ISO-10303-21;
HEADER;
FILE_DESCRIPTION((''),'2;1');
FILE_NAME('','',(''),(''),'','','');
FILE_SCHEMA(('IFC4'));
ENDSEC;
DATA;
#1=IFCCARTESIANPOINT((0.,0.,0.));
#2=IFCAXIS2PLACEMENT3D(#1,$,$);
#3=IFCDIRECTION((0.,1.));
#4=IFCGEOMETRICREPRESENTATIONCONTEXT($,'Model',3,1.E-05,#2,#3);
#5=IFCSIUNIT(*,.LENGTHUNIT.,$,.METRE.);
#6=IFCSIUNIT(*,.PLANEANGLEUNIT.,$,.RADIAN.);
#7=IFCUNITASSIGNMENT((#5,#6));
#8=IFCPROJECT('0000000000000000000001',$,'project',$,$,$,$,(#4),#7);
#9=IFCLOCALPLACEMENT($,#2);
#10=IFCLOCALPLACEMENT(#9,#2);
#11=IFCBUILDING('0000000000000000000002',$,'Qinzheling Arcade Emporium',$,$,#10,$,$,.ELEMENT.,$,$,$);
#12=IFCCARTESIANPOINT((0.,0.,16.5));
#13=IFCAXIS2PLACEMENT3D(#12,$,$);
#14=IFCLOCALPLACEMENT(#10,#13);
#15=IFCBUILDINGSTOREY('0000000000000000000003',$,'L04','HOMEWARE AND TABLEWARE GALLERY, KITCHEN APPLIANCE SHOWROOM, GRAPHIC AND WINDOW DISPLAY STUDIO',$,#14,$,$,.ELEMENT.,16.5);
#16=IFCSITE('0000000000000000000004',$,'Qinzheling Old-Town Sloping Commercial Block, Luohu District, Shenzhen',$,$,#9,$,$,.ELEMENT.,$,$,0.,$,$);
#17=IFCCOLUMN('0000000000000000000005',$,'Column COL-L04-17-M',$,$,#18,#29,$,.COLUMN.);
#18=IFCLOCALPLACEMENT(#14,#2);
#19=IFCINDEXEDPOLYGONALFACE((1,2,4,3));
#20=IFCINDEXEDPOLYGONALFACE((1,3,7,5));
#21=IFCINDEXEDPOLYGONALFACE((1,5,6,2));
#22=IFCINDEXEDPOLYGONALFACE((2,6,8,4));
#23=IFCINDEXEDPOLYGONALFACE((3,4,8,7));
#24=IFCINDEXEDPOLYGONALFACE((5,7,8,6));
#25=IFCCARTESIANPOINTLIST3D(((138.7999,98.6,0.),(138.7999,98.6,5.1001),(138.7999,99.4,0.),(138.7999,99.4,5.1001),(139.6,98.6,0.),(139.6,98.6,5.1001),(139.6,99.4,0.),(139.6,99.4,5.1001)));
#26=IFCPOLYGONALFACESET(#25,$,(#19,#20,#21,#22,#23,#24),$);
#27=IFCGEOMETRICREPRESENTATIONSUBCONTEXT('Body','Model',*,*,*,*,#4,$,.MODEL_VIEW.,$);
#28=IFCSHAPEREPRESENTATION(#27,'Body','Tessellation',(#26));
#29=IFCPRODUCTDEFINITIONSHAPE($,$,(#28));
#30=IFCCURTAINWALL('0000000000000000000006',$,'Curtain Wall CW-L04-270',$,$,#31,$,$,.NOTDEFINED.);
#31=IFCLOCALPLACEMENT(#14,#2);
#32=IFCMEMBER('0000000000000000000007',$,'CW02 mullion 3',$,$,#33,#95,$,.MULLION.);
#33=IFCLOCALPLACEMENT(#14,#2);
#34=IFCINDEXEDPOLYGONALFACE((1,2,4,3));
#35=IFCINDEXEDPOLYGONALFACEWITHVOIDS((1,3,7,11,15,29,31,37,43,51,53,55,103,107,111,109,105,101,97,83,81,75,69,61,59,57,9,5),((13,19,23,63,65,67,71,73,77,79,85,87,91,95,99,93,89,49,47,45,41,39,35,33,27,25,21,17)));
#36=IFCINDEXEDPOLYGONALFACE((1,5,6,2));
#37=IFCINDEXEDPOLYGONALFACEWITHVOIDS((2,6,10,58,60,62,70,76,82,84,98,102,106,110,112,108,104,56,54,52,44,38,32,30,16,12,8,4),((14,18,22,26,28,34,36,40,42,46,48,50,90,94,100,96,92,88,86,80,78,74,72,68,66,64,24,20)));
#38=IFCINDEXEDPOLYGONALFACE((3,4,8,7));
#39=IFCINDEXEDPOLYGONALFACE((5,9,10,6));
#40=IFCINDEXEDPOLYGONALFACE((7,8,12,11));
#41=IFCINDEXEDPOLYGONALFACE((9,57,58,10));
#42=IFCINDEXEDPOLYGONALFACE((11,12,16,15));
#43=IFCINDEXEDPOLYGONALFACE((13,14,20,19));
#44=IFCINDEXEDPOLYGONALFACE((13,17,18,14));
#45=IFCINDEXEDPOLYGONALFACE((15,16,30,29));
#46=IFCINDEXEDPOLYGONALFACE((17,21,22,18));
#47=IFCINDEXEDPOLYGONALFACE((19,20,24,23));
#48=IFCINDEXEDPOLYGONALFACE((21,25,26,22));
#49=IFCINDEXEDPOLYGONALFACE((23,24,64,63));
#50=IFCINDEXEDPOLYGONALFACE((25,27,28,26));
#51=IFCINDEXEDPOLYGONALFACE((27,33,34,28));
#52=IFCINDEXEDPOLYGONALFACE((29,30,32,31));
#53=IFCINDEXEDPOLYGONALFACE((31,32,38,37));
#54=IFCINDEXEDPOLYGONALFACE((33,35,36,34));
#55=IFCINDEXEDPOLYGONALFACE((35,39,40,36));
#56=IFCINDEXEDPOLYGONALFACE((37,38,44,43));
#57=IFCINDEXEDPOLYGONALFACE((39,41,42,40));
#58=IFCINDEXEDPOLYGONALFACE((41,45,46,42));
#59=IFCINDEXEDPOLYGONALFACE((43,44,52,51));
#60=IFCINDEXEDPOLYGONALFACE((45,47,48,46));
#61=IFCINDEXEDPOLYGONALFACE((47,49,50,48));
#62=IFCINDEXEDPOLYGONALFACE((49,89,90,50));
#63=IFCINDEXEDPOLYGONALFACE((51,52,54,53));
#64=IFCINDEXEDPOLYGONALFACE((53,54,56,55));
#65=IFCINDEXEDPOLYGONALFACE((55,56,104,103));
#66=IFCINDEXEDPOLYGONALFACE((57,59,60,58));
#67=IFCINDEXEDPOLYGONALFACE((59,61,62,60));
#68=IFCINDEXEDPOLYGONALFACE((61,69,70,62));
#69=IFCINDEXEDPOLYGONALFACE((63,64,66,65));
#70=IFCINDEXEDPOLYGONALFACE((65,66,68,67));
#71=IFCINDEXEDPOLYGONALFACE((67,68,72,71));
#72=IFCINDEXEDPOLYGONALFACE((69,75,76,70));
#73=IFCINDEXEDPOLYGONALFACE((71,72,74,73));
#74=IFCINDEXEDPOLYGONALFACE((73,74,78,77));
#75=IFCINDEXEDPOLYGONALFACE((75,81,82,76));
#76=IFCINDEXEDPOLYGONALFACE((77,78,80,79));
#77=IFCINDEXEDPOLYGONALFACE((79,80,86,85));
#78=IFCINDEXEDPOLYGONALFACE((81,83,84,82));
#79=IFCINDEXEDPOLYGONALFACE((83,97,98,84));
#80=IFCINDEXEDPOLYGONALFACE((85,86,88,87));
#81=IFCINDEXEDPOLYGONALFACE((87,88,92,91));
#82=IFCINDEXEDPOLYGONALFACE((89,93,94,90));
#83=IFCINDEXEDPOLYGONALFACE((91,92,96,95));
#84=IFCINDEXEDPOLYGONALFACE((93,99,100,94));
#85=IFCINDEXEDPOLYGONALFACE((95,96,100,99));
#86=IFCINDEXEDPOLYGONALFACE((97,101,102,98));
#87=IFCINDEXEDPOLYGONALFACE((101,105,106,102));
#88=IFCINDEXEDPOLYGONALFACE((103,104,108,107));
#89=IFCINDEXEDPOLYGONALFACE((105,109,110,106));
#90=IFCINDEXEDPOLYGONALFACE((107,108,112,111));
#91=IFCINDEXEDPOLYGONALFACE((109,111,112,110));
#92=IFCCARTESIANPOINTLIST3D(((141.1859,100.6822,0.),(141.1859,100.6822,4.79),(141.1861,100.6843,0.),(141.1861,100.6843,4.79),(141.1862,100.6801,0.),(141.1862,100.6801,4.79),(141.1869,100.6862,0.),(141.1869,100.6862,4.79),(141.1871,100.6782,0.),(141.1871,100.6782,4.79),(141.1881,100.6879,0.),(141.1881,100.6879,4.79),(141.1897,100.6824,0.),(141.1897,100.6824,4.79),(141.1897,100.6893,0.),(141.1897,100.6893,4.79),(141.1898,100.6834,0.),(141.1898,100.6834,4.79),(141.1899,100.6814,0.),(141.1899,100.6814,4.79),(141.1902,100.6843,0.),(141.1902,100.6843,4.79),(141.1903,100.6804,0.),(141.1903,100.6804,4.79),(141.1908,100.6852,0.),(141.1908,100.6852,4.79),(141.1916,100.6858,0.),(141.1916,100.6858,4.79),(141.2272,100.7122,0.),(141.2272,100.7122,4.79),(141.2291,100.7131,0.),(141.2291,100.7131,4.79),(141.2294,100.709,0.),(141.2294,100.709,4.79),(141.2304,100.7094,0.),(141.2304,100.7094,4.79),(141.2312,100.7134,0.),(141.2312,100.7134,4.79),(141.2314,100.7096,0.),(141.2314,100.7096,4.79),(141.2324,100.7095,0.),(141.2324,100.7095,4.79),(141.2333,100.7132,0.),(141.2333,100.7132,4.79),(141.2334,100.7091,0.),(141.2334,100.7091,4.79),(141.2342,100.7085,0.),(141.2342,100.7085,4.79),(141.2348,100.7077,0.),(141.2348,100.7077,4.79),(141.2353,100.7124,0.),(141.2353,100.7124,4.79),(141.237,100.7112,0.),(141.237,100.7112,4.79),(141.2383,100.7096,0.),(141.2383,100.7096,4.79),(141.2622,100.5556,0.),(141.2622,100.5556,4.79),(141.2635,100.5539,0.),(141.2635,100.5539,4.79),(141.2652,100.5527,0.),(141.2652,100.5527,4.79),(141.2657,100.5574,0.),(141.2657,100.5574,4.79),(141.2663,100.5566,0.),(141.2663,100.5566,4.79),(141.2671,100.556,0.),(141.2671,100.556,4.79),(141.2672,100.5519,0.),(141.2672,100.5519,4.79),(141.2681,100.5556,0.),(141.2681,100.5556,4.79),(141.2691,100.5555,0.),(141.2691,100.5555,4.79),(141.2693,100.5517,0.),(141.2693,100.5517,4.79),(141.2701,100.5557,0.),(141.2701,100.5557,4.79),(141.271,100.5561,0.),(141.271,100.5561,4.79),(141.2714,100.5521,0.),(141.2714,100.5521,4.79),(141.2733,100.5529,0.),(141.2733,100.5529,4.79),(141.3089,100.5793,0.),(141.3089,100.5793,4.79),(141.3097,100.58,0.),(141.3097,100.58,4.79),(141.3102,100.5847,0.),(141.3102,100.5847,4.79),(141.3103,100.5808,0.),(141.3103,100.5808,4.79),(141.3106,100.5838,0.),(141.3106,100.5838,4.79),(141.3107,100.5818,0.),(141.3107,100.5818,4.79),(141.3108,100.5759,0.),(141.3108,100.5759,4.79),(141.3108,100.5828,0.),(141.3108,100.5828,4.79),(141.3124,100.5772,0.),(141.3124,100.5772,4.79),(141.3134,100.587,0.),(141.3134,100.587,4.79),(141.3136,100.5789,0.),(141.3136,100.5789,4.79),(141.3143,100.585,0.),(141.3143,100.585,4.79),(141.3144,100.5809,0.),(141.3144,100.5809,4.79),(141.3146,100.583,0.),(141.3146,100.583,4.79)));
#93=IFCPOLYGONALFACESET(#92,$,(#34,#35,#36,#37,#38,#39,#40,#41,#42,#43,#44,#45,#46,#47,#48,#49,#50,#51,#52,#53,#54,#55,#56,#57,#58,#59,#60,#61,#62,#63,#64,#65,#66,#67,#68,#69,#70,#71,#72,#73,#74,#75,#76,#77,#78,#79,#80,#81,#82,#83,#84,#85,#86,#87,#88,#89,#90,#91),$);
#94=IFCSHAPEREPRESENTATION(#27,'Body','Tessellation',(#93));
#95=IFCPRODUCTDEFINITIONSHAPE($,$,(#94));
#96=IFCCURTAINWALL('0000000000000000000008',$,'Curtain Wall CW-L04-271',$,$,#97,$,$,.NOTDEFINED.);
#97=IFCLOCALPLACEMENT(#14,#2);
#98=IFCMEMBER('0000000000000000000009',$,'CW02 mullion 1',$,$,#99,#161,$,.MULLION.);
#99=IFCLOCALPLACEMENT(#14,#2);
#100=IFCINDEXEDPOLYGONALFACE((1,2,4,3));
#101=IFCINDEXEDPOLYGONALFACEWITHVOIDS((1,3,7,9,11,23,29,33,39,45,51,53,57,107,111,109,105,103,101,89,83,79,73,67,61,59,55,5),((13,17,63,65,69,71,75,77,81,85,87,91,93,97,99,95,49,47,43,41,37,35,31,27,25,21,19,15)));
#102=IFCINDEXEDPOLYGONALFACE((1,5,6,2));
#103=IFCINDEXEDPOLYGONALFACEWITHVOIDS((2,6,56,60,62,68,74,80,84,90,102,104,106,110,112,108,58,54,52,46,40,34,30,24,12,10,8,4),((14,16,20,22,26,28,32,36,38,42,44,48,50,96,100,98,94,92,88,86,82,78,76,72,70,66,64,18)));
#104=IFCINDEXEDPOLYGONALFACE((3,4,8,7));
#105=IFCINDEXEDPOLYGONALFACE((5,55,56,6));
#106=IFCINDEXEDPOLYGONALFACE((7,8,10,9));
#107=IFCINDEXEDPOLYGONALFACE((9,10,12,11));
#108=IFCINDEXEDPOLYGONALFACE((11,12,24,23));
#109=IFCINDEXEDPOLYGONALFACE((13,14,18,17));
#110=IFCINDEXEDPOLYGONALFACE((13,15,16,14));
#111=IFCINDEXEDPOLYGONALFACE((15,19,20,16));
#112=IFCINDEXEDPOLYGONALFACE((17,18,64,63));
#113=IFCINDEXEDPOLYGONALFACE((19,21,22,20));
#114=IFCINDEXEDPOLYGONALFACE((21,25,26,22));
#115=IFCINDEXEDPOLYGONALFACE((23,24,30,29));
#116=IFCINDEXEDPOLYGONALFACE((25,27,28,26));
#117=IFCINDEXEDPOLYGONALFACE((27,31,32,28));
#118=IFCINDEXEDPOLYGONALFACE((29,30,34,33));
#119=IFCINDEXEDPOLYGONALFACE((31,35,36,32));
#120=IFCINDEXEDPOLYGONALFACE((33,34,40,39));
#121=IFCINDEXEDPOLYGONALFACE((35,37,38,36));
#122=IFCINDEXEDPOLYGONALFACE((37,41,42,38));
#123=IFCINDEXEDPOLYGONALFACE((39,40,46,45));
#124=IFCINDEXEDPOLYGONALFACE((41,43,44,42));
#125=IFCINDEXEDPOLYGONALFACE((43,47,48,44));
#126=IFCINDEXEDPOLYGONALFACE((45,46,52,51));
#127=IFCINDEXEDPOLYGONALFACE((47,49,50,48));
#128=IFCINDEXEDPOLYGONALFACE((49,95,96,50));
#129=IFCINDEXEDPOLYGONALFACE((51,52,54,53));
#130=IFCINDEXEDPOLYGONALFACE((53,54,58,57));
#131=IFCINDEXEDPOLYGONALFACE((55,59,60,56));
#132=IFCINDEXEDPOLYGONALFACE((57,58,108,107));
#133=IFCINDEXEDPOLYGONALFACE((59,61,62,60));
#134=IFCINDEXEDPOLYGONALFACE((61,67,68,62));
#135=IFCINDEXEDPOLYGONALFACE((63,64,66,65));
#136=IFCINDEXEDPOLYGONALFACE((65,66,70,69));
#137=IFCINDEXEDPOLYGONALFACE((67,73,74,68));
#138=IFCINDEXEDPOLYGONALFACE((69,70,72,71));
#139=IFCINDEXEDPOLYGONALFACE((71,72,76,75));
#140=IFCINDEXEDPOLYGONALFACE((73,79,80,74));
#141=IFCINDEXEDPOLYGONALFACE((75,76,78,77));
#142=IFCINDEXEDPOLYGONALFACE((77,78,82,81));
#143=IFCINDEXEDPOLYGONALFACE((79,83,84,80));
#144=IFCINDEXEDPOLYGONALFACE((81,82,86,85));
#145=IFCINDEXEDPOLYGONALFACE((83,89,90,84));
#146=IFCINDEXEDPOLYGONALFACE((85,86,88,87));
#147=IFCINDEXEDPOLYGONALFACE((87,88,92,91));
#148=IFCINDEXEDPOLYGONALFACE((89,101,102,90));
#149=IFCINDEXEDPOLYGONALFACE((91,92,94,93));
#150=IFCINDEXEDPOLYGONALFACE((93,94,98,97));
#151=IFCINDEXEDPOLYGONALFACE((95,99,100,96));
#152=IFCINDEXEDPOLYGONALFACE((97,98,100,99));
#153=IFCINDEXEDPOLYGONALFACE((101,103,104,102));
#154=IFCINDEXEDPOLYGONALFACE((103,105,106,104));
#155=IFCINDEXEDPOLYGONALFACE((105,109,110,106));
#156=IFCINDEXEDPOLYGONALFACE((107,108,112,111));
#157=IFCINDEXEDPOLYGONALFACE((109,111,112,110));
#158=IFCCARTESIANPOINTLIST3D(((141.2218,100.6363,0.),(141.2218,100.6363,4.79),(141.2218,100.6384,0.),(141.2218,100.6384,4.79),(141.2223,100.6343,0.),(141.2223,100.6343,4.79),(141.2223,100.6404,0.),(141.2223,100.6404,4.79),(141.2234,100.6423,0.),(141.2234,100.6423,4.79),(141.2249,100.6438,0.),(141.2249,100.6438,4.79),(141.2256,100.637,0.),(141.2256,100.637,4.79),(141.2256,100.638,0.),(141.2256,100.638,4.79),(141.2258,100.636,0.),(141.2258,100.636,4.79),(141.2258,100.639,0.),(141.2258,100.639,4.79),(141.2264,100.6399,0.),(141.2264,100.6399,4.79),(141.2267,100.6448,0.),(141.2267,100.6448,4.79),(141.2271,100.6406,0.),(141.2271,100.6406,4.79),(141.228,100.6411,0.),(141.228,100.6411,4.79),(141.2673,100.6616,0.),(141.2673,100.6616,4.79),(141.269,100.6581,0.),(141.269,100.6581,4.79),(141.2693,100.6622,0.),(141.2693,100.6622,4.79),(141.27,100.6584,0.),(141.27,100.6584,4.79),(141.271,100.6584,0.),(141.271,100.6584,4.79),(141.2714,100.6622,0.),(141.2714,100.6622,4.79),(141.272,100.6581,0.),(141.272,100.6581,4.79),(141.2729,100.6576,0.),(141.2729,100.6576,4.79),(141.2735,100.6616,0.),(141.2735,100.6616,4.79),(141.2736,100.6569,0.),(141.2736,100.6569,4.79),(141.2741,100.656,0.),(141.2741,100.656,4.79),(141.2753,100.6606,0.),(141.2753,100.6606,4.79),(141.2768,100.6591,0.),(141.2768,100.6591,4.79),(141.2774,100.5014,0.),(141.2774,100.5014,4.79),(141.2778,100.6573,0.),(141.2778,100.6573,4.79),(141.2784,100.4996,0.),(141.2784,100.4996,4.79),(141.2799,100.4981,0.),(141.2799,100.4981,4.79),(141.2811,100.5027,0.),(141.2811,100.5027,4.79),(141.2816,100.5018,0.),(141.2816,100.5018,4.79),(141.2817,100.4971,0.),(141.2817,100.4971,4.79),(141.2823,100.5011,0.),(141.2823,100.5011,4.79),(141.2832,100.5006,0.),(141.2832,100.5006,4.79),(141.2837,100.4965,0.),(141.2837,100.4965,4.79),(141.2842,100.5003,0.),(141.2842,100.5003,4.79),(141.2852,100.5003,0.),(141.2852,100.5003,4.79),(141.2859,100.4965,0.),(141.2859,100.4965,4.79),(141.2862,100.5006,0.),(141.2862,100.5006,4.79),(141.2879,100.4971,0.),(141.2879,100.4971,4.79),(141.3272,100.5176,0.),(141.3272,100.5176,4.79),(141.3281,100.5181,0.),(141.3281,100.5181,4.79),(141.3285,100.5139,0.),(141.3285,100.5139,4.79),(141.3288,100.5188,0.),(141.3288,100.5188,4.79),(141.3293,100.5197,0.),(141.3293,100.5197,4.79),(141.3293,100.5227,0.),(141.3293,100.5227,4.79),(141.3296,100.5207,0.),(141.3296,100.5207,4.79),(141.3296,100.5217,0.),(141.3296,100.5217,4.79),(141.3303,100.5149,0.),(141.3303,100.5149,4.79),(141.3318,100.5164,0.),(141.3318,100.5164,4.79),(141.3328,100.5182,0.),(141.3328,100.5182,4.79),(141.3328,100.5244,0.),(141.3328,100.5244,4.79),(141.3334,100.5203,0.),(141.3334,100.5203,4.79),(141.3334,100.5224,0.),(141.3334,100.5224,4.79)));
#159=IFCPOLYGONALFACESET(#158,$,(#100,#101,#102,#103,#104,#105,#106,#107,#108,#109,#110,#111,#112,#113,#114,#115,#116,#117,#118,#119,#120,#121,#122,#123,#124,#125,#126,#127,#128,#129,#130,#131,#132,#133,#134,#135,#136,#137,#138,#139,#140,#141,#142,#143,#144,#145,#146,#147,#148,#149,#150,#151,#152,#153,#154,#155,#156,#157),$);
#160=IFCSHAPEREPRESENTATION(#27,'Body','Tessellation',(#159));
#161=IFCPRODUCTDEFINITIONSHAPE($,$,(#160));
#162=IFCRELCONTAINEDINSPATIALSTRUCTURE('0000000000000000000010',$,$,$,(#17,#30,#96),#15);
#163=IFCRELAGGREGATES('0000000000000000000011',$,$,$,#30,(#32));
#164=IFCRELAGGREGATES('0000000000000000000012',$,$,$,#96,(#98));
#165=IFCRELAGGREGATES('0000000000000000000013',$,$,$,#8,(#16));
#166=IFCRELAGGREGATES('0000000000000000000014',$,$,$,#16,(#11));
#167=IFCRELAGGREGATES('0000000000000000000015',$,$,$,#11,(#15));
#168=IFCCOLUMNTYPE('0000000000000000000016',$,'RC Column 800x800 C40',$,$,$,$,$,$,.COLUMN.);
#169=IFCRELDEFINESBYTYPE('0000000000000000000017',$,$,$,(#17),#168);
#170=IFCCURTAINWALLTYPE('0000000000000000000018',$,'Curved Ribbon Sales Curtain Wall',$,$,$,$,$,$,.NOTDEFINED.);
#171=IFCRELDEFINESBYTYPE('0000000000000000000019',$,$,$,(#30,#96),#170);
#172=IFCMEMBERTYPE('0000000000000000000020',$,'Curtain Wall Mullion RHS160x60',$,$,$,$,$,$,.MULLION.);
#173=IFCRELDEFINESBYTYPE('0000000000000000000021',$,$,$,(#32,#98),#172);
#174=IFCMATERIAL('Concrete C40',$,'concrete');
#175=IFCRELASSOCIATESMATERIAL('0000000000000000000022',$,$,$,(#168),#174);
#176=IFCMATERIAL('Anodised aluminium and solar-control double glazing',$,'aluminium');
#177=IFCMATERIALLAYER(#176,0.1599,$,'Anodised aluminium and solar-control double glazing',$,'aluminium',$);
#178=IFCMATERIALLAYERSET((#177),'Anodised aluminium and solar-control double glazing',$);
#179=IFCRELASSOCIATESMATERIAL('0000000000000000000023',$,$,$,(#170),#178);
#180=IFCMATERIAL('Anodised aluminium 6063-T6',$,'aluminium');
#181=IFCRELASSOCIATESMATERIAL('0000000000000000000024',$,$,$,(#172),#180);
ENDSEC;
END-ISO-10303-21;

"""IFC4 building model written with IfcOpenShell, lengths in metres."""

from ifc_helpers import new_model, si_unit, direction, frame, origin, origin_2d, place, context, subcontext, project, spatial, rectangle, hollow_rectangle, extrude, material, layer, layer_set, material_profile, profile_set, type_object, element, aggregate, save


model = new_model("IFC4")

# Units and contexts
model_context = context("Model", 3, precision=1e-05, world=origin(), true_north=direction((0.0, 1.0)))
body_context = subcontext(model_context, "Body", "Model", "MODEL_VIEW")
ifc_project = project(units=[si_unit("LENGTHUNIT", "METRE"), si_unit("PLANEANGLEUNIT", "RADIAN")], contexts=[model_context])

# Site, building, storey
site_placement = place(None, origin())
site = spatial("IfcSite", under=ifc_project, at=site_placement, Name="Qinzheling Old-Town Sloping Commercial Block, Luohu District, Shenzhen", CompositionType="ELEMENT", RefElevation=0.0)
building_placement = place(site_placement, origin())
building = spatial("IfcBuilding", under=site, at=building_placement, Name="Qinzheling Arcade Emporium", CompositionType="ELEMENT")
storey_placement = place(building_placement, frame((0.0, 0.0, 16.5)))
storey = spatial("IfcBuildingStorey", under=building, at=storey_placement, Name="L04", Description="HOMEWARE AND TABLEWARE GALLERY, KITCHEN APPLIANCE SHOWROOM, GRAPHIC AND WINDOW DISPLAY STUDIO", CompositionType="ELEMENT", Elevation=16.5)

# Column
ifc_material_1 = material(Name="Concrete C40", Category="concrete")
ifc_material_profile_1 = material_profile(ifc_material_1, rectangle(XDim=0.8, YDim=0.8, at=origin_2d()), Name="RC 800x800", Category="concrete")
ifc_profile_set_1 = profile_set([ifc_material_profile_1], Name="Concrete C40")
column_type = type_object("IfcColumnType", Name="RC Column 800x800 C40", PredefinedType="COLUMN", material=ifc_profile_set_1)
column_placement = place(storey_placement, frame((139.2, 99.0, 0.0), z_axis=(0.0, 0.0, 1.0), x_axis=(1.0, 0.0, 0.0)))
element("IfcColumn", 1, at=column_placement, inside=storey, type_object=column_type, Name="Column COL-L04-17-M", PredefinedType="COLUMN", context=body_context, shape_type="SweptSolid", body=[
    extrude(rectangle(XDim=0.8, YDim=0.8, at=origin_2d()), origin(), (0.0, 0.0, 1.0), 5.1001),
])

# Curtain wall, member
ifc_material_2 = material(Name="Anodised aluminium and solar-control double glazing", Category="aluminium")
ifc_layer_1 = layer(ifc_material_2, 0.1599, Name="Anodised aluminium and solar-control double glazing", Category="aluminium")
ifc_layer_set_1 = layer_set([ifc_layer_1], Name="Anodised aluminium and solar-control double glazing")
curtain_wall_type = type_object("IfcCurtainWallType", Name="Curved Ribbon Sales Curtain Wall", PredefinedType="NOTDEFINED", material=ifc_layer_set_1)
curtain_wall_1_placement = place(storey_placement, origin())
curtain_wall_1 = element("IfcCurtainWall", 2, at=curtain_wall_1_placement, inside=storey, type_object=curtain_wall_type, Name="Curtain Wall CW-L04-270", PredefinedType="NOTDEFINED")
ifc_material_3 = material(Name="Anodised aluminium 6063-T6", Category="aluminium")
ifc_material_profile_2 = material_profile(ifc_material_3, hollow_rectangle(XDim=0.0601, YDim=0.1599, WallThickness=0.0039, InnerFilletRadius=0.0039, OuterFilletRadius=0.0081, at=origin_2d()), Name="RHS 160x60x4", Category="aluminium")
ifc_profile_set_2 = profile_set([ifc_material_profile_2], Name="Anodised aluminium 6063-T6")
member_type_1 = type_object("IfcMemberType", Name="Curtain Wall Mullion RHS160x60", PredefinedType="MULLION", material=ifc_profile_set_2)
member_1_placement = place(storey_placement, frame((141.2502, 100.6326, 0.0), z_axis=(0.0, 0.0, 1.0), x_axis=(0.852628, 0.522518, 0.0)))
member_1 = element("IfcMember", 3, at=member_1_placement, type_object=member_type_1, Name="CW02 mullion 3", PredefinedType="MULLION", context=body_context, shape_type="SweptSolid", body=[
    extrude(hollow_rectangle(XDim=0.0601, YDim=0.1599, WallThickness=0.0039, InnerFilletRadius=0.0039, OuterFilletRadius=0.0081, at=origin_2d()), origin(), (0.0, 0.0, 1.0), 4.79),
])

# Curtain wall, member
curtain_wall_2_placement = place(storey_placement, origin())
curtain_wall_2 = element("IfcCurtainWall", 4, at=curtain_wall_2_placement, inside=storey, type_object=curtain_wall_type, Name="Curtain Wall CW-L04-271", PredefinedType="NOTDEFINED")
member_2_placement = place(storey_placement, frame((141.2776, 100.5793, 0.0), z_axis=(0.0, 0.0, 1.0), x_axis=(0.923884, 0.382672, 0.0)))
member_2 = element("IfcMember", 5, at=member_2_placement, type_object=member_type_1, Name="CW02 mullion 1", PredefinedType="MULLION", context=body_context, shape_type="SweptSolid", body=[
    extrude(hollow_rectangle(XDim=0.0601, YDim=0.1599, WallThickness=0.0039, InnerFilletRadius=0.0039, OuterFilletRadius=0.0081, at=origin_2d()), origin(), (0.0, 0.0, 1.0), 4.79),
])

aggregate(curtain_wall_1, [member_1])
aggregate(curtain_wall_2, [member_2])

save(model, "model.ifc")
